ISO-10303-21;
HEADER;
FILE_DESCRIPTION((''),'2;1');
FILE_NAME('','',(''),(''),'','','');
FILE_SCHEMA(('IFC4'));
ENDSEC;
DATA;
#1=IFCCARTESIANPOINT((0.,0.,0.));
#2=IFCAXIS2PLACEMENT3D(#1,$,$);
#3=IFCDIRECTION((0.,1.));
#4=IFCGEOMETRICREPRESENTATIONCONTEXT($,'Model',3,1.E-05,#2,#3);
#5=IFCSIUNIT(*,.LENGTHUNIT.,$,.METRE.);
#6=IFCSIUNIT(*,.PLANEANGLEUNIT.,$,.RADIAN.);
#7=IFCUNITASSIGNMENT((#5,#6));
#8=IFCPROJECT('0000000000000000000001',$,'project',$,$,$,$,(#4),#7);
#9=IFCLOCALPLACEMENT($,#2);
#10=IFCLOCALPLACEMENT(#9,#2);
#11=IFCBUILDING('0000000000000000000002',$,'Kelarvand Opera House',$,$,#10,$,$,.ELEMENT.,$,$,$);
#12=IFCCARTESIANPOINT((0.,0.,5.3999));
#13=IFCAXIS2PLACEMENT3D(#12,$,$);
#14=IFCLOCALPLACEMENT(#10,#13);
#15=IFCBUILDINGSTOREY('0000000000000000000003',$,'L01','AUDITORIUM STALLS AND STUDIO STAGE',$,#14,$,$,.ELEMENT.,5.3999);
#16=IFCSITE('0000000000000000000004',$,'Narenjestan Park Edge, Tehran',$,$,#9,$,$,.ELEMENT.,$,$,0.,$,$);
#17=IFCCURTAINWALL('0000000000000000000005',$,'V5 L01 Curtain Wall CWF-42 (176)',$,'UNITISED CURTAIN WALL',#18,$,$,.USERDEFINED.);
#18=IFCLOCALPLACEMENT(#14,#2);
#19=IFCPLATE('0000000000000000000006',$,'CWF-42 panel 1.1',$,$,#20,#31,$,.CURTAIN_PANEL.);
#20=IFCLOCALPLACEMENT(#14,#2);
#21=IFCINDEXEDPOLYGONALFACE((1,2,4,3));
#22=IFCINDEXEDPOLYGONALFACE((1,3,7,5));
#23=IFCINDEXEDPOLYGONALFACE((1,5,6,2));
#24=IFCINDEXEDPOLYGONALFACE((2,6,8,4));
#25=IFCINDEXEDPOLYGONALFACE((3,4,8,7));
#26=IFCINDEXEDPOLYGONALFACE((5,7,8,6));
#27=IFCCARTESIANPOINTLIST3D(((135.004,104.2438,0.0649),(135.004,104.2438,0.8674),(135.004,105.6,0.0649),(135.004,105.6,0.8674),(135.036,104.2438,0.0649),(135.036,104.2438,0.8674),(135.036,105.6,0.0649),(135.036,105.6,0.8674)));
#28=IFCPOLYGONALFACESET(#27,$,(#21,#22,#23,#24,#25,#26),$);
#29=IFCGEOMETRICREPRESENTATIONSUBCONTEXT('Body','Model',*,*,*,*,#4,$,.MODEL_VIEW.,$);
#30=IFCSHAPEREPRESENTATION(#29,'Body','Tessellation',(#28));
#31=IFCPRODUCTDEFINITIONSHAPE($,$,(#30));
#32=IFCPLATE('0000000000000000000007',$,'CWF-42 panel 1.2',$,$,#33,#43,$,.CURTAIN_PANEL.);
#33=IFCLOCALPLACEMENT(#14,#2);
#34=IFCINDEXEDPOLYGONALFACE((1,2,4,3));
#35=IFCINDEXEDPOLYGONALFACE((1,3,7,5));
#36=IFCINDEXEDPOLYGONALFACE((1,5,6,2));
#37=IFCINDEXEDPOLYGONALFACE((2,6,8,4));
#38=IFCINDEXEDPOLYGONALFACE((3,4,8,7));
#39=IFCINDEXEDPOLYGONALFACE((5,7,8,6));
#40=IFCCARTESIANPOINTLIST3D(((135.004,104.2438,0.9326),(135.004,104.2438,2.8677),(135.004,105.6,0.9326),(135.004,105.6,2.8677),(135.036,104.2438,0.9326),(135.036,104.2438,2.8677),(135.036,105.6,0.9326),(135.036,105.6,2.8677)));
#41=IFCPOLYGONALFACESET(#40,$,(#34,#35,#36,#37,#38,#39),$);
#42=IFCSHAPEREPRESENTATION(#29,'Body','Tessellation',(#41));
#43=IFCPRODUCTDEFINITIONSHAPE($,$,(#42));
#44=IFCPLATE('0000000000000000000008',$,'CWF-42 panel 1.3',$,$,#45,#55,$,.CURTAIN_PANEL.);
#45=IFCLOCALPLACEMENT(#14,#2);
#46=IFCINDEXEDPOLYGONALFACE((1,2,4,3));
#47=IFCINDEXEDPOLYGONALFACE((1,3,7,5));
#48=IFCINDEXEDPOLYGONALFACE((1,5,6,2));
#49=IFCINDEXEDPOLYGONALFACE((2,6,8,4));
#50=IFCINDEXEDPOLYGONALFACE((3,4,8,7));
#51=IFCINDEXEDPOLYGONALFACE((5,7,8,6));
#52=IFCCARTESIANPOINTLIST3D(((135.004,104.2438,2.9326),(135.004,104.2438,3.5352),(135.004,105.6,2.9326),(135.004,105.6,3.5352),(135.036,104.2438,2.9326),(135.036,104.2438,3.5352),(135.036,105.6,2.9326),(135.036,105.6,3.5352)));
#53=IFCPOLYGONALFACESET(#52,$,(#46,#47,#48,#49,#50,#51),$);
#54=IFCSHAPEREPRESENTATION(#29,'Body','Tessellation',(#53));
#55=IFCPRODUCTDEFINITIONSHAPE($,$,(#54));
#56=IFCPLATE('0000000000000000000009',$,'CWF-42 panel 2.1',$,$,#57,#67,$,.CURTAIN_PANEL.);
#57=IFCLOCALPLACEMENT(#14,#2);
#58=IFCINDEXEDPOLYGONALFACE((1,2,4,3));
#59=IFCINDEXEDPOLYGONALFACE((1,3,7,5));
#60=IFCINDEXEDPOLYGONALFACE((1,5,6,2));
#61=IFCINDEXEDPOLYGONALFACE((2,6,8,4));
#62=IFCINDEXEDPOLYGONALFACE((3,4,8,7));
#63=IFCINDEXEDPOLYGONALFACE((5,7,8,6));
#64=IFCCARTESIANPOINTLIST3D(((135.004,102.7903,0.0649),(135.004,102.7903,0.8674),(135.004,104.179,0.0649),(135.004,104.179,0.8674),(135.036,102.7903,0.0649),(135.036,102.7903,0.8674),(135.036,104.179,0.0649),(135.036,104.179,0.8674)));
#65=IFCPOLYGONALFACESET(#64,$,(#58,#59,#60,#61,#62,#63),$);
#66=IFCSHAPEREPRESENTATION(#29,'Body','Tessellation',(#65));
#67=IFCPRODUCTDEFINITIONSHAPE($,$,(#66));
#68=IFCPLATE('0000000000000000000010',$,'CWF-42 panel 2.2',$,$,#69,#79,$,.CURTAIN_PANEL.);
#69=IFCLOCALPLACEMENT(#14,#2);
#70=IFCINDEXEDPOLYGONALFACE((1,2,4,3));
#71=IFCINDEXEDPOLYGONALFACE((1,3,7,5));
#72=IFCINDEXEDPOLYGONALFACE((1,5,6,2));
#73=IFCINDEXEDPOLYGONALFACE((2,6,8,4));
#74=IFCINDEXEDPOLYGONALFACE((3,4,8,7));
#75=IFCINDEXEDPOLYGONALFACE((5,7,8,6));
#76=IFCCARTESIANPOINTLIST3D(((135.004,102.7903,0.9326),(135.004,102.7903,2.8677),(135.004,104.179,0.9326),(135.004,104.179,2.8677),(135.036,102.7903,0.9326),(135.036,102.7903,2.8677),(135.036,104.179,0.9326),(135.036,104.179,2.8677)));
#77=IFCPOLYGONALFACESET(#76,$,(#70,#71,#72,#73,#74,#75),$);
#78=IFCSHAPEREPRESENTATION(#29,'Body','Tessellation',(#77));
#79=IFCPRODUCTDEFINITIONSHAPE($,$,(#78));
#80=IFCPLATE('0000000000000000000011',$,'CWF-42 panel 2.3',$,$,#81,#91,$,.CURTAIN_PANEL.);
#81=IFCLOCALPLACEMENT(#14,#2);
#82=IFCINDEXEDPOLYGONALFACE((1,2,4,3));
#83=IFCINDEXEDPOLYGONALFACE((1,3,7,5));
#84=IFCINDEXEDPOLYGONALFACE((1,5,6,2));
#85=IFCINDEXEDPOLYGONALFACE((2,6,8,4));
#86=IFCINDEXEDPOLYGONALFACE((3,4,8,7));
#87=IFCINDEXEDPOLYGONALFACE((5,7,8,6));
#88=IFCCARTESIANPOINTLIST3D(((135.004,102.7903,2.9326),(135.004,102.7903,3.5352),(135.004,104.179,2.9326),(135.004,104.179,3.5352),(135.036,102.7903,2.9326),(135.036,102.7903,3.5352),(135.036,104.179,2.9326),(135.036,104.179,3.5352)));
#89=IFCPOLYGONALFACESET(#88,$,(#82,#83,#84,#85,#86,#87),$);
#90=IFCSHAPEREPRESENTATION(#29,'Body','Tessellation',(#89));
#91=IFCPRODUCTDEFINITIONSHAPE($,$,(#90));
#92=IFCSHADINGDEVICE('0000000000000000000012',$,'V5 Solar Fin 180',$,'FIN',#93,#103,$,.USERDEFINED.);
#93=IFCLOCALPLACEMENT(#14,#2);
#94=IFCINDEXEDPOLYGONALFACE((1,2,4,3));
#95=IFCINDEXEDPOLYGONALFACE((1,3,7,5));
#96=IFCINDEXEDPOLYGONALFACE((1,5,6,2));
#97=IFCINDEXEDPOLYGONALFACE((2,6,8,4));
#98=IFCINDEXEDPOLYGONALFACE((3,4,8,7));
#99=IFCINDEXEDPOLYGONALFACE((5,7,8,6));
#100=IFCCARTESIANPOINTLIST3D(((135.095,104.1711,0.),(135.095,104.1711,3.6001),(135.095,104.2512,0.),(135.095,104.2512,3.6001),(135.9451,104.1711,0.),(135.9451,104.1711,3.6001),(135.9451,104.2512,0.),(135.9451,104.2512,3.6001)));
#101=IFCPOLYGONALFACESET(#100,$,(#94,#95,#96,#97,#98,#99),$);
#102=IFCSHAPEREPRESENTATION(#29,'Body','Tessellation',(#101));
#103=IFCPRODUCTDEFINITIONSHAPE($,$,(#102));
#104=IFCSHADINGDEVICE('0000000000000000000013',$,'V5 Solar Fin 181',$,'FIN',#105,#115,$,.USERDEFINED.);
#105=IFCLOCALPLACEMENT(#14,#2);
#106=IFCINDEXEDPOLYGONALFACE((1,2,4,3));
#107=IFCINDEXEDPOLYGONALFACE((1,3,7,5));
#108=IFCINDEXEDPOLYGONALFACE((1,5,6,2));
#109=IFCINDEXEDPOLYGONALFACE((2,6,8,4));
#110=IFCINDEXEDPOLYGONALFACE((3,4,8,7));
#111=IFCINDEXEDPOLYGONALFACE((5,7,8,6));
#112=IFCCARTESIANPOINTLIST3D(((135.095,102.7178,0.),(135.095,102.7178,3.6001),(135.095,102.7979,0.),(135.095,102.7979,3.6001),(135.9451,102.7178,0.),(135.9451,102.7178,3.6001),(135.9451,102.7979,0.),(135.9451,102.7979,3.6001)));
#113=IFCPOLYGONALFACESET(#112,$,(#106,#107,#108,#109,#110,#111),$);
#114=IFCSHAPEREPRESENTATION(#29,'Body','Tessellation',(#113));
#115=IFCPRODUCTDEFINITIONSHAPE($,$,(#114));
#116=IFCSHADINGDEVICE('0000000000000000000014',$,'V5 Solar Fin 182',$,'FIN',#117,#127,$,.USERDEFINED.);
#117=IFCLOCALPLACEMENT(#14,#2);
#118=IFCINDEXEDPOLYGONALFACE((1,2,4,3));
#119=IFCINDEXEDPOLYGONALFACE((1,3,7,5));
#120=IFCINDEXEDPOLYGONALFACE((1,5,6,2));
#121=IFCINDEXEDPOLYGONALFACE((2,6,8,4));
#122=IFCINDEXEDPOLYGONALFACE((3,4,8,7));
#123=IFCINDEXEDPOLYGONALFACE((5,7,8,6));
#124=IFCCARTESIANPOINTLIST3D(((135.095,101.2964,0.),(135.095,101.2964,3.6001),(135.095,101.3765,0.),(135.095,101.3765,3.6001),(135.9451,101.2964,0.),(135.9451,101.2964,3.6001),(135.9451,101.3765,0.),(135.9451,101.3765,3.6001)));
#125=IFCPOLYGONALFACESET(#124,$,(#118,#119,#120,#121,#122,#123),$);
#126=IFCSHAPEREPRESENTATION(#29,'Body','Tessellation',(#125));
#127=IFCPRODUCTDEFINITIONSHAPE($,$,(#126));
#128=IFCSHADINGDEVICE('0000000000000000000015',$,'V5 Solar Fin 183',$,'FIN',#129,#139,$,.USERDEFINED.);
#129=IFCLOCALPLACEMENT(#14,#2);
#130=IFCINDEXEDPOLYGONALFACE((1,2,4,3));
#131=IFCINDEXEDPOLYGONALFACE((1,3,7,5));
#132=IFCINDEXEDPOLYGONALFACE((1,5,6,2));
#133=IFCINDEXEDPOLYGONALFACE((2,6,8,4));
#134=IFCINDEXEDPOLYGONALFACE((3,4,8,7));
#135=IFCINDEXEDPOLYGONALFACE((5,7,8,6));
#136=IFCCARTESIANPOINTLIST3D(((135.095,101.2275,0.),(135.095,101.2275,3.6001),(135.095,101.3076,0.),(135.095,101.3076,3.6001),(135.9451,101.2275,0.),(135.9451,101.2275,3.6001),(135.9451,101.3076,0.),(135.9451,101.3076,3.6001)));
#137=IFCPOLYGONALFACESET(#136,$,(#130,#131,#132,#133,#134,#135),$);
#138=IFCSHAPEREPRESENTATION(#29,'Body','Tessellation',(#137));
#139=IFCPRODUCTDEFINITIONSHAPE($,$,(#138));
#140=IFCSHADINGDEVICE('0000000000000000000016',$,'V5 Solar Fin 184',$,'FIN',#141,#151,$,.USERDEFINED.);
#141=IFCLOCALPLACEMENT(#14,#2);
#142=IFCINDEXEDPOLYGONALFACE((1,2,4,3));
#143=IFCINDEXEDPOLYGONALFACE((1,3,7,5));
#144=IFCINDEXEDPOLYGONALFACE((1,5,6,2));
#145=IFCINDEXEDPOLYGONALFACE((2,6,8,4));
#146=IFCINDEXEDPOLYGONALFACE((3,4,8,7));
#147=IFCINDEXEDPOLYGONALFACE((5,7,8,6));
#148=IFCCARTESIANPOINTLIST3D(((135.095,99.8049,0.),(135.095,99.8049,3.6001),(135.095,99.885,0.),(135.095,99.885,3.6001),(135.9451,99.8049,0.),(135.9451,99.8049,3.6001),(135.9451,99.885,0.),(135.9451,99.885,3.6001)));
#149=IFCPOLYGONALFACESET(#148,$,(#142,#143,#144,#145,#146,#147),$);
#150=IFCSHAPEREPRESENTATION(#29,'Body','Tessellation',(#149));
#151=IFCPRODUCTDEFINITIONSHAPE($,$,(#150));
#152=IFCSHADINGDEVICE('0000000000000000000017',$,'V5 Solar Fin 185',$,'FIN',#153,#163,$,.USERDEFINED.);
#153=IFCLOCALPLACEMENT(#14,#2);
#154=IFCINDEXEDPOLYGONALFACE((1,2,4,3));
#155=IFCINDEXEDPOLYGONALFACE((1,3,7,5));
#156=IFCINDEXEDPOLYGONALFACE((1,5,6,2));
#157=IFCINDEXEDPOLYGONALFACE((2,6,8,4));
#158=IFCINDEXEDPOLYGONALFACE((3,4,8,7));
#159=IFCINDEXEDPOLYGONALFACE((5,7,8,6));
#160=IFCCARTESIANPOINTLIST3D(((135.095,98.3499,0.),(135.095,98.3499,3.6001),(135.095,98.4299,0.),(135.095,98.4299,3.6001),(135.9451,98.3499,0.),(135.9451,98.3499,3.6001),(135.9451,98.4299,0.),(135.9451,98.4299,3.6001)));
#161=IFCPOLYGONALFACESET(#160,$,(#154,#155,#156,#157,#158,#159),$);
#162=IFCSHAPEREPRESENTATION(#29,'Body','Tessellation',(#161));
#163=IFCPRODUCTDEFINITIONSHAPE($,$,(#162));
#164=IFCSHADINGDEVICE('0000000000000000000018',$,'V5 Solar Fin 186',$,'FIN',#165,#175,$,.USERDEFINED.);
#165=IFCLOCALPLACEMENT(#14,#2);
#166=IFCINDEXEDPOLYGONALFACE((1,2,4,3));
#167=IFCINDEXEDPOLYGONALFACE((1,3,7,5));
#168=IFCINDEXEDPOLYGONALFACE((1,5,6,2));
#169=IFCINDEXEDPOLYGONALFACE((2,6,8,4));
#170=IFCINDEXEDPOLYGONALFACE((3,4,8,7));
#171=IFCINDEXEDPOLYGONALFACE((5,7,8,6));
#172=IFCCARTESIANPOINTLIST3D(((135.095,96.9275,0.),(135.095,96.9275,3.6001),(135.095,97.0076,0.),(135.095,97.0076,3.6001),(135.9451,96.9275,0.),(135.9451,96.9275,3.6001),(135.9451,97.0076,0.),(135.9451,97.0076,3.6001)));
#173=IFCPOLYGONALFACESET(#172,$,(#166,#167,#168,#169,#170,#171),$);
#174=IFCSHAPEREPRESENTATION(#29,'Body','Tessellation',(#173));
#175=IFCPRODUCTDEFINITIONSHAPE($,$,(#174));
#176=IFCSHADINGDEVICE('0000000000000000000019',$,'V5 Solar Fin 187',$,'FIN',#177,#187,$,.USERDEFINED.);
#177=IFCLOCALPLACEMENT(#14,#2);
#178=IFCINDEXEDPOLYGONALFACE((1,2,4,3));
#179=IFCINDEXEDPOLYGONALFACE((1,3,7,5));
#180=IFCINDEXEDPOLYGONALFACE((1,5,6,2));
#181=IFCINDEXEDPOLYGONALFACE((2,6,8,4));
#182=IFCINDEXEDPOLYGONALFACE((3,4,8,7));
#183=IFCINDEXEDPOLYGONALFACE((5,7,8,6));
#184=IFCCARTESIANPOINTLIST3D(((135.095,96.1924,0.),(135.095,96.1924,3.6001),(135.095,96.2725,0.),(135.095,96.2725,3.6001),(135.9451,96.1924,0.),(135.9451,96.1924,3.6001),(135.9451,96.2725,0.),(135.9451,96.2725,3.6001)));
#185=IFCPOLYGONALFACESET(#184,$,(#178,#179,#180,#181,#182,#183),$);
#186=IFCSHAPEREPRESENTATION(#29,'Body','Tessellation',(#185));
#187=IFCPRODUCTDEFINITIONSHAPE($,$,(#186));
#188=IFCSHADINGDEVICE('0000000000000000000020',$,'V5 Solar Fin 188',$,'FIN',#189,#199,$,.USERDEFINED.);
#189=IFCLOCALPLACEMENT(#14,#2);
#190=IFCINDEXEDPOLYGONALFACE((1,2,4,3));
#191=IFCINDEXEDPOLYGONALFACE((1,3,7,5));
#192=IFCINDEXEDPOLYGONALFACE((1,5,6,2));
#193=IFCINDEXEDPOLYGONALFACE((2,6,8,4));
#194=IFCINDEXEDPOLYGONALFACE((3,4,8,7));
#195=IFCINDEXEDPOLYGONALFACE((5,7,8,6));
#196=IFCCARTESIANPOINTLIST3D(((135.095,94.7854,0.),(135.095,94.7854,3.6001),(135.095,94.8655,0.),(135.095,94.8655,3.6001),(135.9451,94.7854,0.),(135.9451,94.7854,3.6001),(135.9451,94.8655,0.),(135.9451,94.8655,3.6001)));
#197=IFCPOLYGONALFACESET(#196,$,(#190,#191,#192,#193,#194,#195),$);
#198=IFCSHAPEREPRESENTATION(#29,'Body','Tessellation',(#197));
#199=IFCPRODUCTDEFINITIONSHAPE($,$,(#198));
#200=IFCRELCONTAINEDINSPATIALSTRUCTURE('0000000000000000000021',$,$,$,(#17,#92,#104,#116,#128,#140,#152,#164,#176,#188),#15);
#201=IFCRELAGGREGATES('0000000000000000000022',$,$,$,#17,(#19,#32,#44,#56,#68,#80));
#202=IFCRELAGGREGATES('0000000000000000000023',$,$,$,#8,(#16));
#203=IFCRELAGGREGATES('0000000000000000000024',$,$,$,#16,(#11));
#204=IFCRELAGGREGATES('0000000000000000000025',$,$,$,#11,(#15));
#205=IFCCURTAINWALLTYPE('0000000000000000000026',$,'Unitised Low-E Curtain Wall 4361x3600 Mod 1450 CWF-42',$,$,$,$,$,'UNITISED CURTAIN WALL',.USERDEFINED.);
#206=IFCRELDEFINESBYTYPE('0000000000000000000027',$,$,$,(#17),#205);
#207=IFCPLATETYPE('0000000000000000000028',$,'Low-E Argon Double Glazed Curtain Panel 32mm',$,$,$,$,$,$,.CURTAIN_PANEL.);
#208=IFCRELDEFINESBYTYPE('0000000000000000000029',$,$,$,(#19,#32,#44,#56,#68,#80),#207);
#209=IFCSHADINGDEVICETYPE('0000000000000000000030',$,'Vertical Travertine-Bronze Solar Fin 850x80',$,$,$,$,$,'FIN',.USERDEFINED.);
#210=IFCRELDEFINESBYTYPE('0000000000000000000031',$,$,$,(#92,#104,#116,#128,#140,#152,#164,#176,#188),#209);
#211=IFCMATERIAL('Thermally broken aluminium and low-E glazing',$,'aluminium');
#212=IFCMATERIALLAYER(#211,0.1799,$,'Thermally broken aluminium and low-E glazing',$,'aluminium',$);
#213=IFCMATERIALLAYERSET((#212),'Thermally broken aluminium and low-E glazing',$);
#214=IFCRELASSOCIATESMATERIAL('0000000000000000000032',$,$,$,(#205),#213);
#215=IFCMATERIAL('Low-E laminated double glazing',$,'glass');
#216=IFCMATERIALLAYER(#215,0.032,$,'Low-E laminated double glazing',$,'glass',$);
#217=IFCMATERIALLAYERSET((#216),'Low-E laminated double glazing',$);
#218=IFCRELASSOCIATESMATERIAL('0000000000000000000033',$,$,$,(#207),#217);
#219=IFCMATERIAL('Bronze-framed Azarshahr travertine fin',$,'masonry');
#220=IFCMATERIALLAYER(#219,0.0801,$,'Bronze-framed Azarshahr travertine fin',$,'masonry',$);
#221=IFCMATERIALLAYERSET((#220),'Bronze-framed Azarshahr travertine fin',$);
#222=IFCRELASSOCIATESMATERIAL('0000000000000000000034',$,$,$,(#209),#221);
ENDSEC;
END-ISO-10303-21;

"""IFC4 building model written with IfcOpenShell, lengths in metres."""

from ifc_helpers import new_model, si_unit, direction, frame, origin, origin_2d, place, context, subcontext, project, spatial, rectangle, extrude, material, layer, layer_set, type_object, element, aggregate, save


model = new_model("IFC4")

# Units and contexts
model_context = context("Model", 3, precision=1e-05, world=origin(), true_north=direction((0.0, 1.0)))
body_context = subcontext(model_context, "Body", "Model", "MODEL_VIEW")
ifc_project = project(units=[si_unit("LENGTHUNIT", "METRE"), si_unit("PLANEANGLEUNIT", "RADIAN")], contexts=[model_context])

# Site, building, storey
site_placement = place(None, origin())
site = spatial("IfcSite", under=ifc_project, at=site_placement, Name="Narenjestan Park Edge, Tehran", CompositionType="ELEMENT", RefElevation=0.0)
building_placement = place(site_placement, origin())
building = spatial("IfcBuilding", under=site, at=building_placement, Name="Kelarvand Opera House", CompositionType="ELEMENT")
storey_placement = place(building_placement, frame((0.0, 0.0, 5.3999)))
storey = spatial("IfcBuildingStorey", under=building, at=storey_placement, Name="L01", Description="AUDITORIUM STALLS AND STUDIO STAGE", CompositionType="ELEMENT", Elevation=5.3999)

# Curtain wall
ifc_material_1 = material(Name="Thermally broken aluminium and low-E glazing", Category="aluminium")
ifc_layer_1 = layer(ifc_material_1, 0.1799, Name="Thermally broken aluminium and low-E glazing", Category="aluminium")
ifc_layer_set_1 = layer_set([ifc_layer_1], Name="Thermally broken aluminium and low-E glazing")
curtain_wall_type = type_object("IfcCurtainWallType", Name="Unitised Low-E Curtain Wall 4361x3600 Mod 1450 CWF-42", ElementType="UNITISED CURTAIN WALL", PredefinedType="USERDEFINED", material=ifc_layer_set_1)
curtain_wall_placement = place(storey_placement, origin())
curtain_wall = element("IfcCurtainWall", 1, at=curtain_wall_placement, inside=storey, type_object=curtain_wall_type, Name="V5 L01 Curtain Wall CWF-42 (176)", ObjectType="UNITISED CURTAIN WALL", PredefinedType="USERDEFINED")

# Plates
ifc_material_2 = material(Name="Low-E laminated double glazing", Category="glass")
ifc_layer_2 = layer(ifc_material_2, 0.032, Name="Low-E laminated double glazing", Category="glass")
ifc_layer_set_2 = layer_set([ifc_layer_2], Name="Low-E laminated double glazing")
plate_type = type_object("IfcPlateType", Name="Low-E Argon Double Glazed Curtain Panel 32mm", PredefinedType="CURTAIN_PANEL", material=ifc_layer_set_2)
plate_1_placement = place(storey_placement, frame((135.02, 104.9219, 0.0649), z_axis=(0.0, 0.0, 1.0), x_axis=(0.0, -1.0, 0.0)))
plate_1 = element("IfcPlate", 2, at=plate_1_placement, type_object=plate_type, Name="CWF-42 panel 1.1", PredefinedType="CURTAIN_PANEL", context=body_context, shape_type="SweptSolid", body=[
    extrude(rectangle(XDim=1.3562, YDim=0.032, at=origin_2d()), origin(), (0.0, 0.0, 1.0), 0.8025),
])
plate_2_placement = place(storey_placement, frame((135.02, 104.9219, 0.9326), z_axis=(0.0, 0.0, 1.0), x_axis=(0.0, -1.0, 0.0)))
plate_2 = element("IfcPlate", 3, at=plate_2_placement, type_object=plate_type, Name="CWF-42 panel 1.2", PredefinedType="CURTAIN_PANEL", context=body_context, shape_type="SweptSolid", body=[
    extrude(rectangle(XDim=1.3562, YDim=0.032, at=origin_2d()), origin(), (0.0, 0.0, 1.0), 1.9351),
])
plate_3_placement = place(storey_placement, frame((135.02, 104.9219, 2.9326), z_axis=(0.0, 0.0, 1.0), x_axis=(0.0, -1.0, 0.0)))
plate_3 = element("IfcPlate", 4, at=plate_3_placement, type_object=plate_type, Name="CWF-42 panel 1.3", PredefinedType="CURTAIN_PANEL", context=body_context, shape_type="SweptSolid", body=[
    extrude(rectangle(XDim=1.3562, YDim=0.032, at=origin_2d()), origin(), (0.0, 0.0, 1.0), 0.6025),
])
plate_4_placement = place(storey_placement, frame((135.02, 103.4846, 0.0649), z_axis=(0.0, 0.0, 1.0), x_axis=(0.0, -1.0, 0.0)))
plate_4 = element("IfcPlate", 5, at=plate_4_placement, type_object=plate_type, Name="CWF-42 panel 2.1", PredefinedType="CURTAIN_PANEL", context=body_context, shape_type="SweptSolid", body=[
    extrude(rectangle(XDim=1.3887, YDim=0.032, at=origin_2d()), origin(), (0.0, 0.0, 1.0), 0.8025),
])
plate_5_placement = place(storey_placement, frame((135.02, 103.4846, 0.9326), z_axis=(0.0, 0.0, 1.0), x_axis=(0.0, -1.0, 0.0)))
plate_5 = element("IfcPlate", 6, at=plate_5_placement, type_object=plate_type, Name="CWF-42 panel 2.2", PredefinedType="CURTAIN_PANEL", context=body_context, shape_type="SweptSolid", body=[
    extrude(rectangle(XDim=1.3887, YDim=0.032, at=origin_2d()), origin(), (0.0, 0.0, 1.0), 1.9351),
])
plate_6_placement = place(storey_placement, frame((135.02, 103.4846, 2.9326), z_axis=(0.0, 0.0, 1.0), x_axis=(0.0, -1.0, 0.0)))
plate_6 = element("IfcPlate", 7, at=plate_6_placement, type_object=plate_type, Name="CWF-42 panel 2.3", PredefinedType="CURTAIN_PANEL", context=body_context, shape_type="SweptSolid", body=[
    extrude(rectangle(XDim=1.3887, YDim=0.032, at=origin_2d()), origin(), (0.0, 0.0, 1.0), 0.6025),
])
aggregate(curtain_wall, [plate_1, plate_2, plate_3, plate_4, plate_5, plate_6])

# Shading devices
ifc_material_3 = material(Name="Bronze-framed Azarshahr travertine fin", Category="masonry")
ifc_layer_3 = layer(ifc_material_3, 0.0801, Name="Bronze-framed Azarshahr travertine fin", Category="masonry")
ifc_layer_set_3 = layer_set([ifc_layer_3], Name="Bronze-framed Azarshahr travertine fin")
shading_device_type = type_object("IfcShadingDeviceType", Name="Vertical Travertine-Bronze Solar Fin 850x80", ElementType="FIN", PredefinedType="USERDEFINED", material=ifc_layer_set_3)
for number, where, z_axis, x_axis, name in (
    (8, (135.52, 104.2112, 0.0), (0.0, 0.0, 1.0), (1.0, 0.0, 0.0), "V5 Solar Fin 180"),
    (9, (135.52, 102.7578, 0.0), (0.0, 0.0, 1.0), (1.0, 0.0, 0.0), "V5 Solar Fin 181"),
    (10, (135.52, 101.3364, 0.0), (0.0, 0.0, 1.0), (1.0, 0.0, 0.0), "V5 Solar Fin 182"),
    (11, (135.52, 101.2676, 0.0), (0.0, 0.0, 1.0), (1.0, 0.0, 0.0), "V5 Solar Fin 183"),
    (12, (135.52, 99.845, 0.0), (0.0, 0.0, 1.0), (1.0, 0.0, 0.0), "V5 Solar Fin 184"),
    (13, (135.52, 98.3899, 0.0), (0.0, 0.0, 1.0), (1.0, 0.0, 0.0), "V5 Solar Fin 185"),
    (14, (135.52, 96.9675, 0.0), (0.0, 0.0, 1.0), (1.0, 0.0, 0.0), "V5 Solar Fin 186"),
    (15, (135.52, 96.2324, 0.0), (0.0, 0.0, 1.0), (1.0, 0.0, 0.0), "V5 Solar Fin 187"),
    (16, (135.52, 94.8254, 0.0), (0.0, 0.0, 1.0), (1.0, 0.0, 0.0), "V5 Solar Fin 188"),
):
    element("IfcShadingDevice", number, at=place(storey_placement, frame(where, z_axis=z_axis, x_axis=x_axis)), inside=storey, type_object=shading_device_type, Name=name, ObjectType="FIN", PredefinedType="USERDEFINED", context=body_context, shape_type="SweptSolid", body=[
        extrude(rectangle(XDim=0.8501, YDim=0.0801, at=origin_2d()), origin(), (0.0, 0.0, 1.0), 3.6001),
    ])

save(model, "model.ifc")
